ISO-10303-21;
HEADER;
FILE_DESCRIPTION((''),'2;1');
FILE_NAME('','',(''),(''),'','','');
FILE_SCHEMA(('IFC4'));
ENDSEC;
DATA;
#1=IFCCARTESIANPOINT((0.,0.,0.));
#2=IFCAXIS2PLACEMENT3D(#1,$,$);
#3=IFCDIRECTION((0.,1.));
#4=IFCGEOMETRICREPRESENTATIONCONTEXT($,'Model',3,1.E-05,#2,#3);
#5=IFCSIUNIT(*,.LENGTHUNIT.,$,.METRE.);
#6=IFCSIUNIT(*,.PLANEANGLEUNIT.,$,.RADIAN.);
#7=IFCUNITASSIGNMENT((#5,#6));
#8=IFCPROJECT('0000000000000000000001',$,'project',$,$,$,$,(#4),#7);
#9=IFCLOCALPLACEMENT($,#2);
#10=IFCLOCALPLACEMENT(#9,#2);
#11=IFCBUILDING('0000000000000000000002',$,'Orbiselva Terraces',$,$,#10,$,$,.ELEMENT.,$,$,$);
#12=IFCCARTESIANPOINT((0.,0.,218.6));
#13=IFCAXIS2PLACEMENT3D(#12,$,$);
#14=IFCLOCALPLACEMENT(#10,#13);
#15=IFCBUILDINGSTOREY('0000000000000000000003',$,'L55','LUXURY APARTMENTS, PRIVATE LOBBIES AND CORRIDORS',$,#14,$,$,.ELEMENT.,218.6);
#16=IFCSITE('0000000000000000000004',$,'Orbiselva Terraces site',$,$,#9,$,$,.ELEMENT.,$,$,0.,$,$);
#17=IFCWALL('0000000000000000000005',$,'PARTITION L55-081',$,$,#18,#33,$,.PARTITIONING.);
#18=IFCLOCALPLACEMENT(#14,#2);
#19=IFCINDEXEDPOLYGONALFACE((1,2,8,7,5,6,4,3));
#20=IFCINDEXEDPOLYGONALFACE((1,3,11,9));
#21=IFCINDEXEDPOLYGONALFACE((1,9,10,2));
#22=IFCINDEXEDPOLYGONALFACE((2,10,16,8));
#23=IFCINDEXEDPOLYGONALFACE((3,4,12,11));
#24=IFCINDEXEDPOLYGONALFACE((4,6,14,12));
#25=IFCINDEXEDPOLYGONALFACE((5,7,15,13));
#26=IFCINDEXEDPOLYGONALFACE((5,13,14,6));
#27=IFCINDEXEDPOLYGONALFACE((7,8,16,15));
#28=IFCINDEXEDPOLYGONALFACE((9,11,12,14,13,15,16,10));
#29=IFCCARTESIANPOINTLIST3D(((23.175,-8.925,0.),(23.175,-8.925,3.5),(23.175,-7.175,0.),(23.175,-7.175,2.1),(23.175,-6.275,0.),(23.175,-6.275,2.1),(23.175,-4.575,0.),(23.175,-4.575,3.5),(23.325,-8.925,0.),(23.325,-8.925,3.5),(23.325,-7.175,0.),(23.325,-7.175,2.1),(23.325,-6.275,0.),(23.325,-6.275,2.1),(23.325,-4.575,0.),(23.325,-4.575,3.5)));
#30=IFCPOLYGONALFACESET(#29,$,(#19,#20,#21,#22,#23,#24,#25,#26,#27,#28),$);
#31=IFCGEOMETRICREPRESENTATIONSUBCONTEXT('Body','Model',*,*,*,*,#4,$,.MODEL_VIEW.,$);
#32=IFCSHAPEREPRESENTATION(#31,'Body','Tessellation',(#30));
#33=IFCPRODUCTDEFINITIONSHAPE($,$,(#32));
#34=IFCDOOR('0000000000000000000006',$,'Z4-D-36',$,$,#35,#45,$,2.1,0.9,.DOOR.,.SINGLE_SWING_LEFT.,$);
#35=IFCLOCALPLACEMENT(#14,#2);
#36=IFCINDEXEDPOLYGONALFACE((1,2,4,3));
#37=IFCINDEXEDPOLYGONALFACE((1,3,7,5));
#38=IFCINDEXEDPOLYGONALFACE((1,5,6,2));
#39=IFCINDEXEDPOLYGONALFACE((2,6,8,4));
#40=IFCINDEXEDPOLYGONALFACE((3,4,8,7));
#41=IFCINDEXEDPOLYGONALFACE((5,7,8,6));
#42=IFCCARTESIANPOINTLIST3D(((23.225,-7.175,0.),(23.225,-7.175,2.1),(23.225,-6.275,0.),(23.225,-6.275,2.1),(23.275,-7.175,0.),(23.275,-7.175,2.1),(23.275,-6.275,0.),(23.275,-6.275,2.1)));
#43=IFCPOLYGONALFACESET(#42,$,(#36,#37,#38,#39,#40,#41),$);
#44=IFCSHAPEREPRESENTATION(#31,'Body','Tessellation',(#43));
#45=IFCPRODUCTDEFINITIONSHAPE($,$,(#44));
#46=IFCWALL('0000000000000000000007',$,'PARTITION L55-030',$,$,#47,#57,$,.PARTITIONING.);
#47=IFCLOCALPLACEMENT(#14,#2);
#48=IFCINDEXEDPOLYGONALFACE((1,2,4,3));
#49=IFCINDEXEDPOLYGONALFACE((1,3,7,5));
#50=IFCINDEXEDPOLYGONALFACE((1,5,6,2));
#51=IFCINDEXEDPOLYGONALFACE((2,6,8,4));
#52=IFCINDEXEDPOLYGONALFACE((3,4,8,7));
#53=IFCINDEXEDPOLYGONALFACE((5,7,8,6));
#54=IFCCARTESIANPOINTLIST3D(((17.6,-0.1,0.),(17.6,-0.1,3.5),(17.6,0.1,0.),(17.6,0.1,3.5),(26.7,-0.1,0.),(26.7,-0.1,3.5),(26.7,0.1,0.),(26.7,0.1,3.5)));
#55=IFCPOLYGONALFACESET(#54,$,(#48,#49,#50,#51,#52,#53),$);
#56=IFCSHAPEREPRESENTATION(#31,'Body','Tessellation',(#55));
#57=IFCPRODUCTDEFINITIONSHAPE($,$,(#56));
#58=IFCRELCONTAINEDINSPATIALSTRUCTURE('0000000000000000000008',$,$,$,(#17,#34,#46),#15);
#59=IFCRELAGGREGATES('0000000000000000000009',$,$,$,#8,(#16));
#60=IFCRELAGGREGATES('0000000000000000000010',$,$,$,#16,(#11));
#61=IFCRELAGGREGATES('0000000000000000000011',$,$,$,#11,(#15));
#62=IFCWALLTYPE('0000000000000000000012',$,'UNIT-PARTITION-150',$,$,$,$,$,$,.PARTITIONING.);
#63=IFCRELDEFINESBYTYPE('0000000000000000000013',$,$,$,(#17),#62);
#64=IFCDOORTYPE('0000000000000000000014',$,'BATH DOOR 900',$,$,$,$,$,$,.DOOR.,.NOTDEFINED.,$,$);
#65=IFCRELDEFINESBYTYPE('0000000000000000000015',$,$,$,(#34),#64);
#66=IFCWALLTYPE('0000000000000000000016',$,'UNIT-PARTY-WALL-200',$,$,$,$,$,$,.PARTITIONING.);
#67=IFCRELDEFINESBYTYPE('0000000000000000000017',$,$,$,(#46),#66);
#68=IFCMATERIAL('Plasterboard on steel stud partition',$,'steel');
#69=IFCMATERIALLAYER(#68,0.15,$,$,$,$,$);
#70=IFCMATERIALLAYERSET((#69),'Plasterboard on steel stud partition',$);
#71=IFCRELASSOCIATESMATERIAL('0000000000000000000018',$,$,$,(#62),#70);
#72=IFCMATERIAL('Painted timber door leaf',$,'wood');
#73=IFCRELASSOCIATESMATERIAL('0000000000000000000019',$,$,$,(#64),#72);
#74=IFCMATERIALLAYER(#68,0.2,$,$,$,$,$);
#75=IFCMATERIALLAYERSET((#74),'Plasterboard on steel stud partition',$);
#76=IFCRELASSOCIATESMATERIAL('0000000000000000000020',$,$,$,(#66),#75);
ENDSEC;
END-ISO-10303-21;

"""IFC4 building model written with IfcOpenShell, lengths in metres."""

from ifc_helpers import new_model, si_unit, direction, frame, frame_2d, origin, place, context, subcontext, project, spatial, rectangle, extrude, material, layer, layer_set, type_object, element, fill, save


model = new_model("IFC4")

# Units and contexts
model_context = context("Model", 3, precision=1e-05, world=origin(), true_north=direction((0.0, 1.0)))
body_context = subcontext(model_context, "Body", "Model", "MODEL_VIEW")
ifc_project = project(units=[si_unit("LENGTHUNIT", "METRE"), si_unit("PLANEANGLEUNIT", "RADIAN")], contexts=[model_context])

# Site, building, storey
site_placement = place(None, origin())
site = spatial("IfcSite", under=ifc_project, at=site_placement, Name="Orbiselva Terraces site", CompositionType="ELEMENT", RefElevation=0.0)
building_placement = place(site_placement, origin())
building = spatial("IfcBuilding", under=site, at=building_placement, Name="Orbiselva Terraces", CompositionType="ELEMENT")
storey_placement = place(building_placement, frame((0.0, 0.0, 218.6)))
storey = spatial("IfcBuildingStorey", under=building, at=storey_placement, Name="L55", Description="LUXURY APARTMENTS, PRIVATE LOBBIES AND CORRIDORS", CompositionType="ELEMENT", Elevation=218.6)

# Shared definitions
ifc_material_1 = material(Name="Plasterboard on steel stud partition", Category="steel")
ifc_material_2 = material(Name="Painted timber door leaf", Category="wood")

# Shared definitions
ifc_layer_1 = layer(ifc_material_1, 0.15)
ifc_layer_set_1 = layer_set([ifc_layer_1], Name="Plasterboard on steel stud partition")
wall_type_1 = type_object("IfcWallType", Name="UNIT-PARTITION-150", PredefinedType="PARTITIONING", material=ifc_layer_set_1)

# Shared definitions
door_type_1 = type_object("IfcDoorType", Name="BATH DOOR 900", OperationType="NOTDEFINED", PredefinedType="DOOR", material=ifc_material_2)

# Wall, opening, door
wall_1_placement = place(storey_placement, frame((23.25, -4.575, 0.0), z_axis=(0.0, 0.0, 1.0), x_axis=(0.0, -1.0, 0.0)))
wall_1 = element("IfcWall", 1, at=wall_1_placement, inside=storey, type_object=wall_type_1, Name="PARTITION L55-081", PredefinedType="PARTITIONING", context=body_context, shape_type="SweptSolid", body=[
    extrude(rectangle(XDim=4.35, YDim=0.15, at=frame_2d((2.175, 0.0))), origin(), (0.0, 0.0, 1.0), 3.5),
])
opening_1_placement = place(wall_1_placement, frame((1.7, 0.0, 0.0)))
opening_1 = element("IfcOpeningElement", 2, at=opening_1_placement, cuts=wall_1, PredefinedType="OPENING", context=body_context, shape_type="SweptSolid", body=[
    extrude(rectangle(XDim=0.9, YDim=2.1, at=frame_2d((0.45, 1.05))), frame((0.0, 0.085, 0.0), z_axis=(0.0, -1.0, 0.0), x_axis=(1.0, 0.0, 0.0)), (0.0, 0.0, 1.0), 0.17),
])
door_1_placement = place(opening_1_placement, origin())
door_1 = element("IfcDoor", 3, at=door_1_placement, inside=storey, type_object=door_type_1, Name="Z4-D-36", OperationType="SINGLE_SWING_LEFT", OverallHeight=2.1, OverallWidth=0.9, PredefinedType="DOOR", context=body_context, shape_type="SweptSolid", body=[
    extrude(rectangle(XDim=0.9, YDim=2.1, at=frame_2d((0.45, 1.05))), frame((0.0, 0.025, 0.0), z_axis=(0.0, -1.0, 0.0), x_axis=(1.0, 0.0, 0.0)), (0.0, 0.0, 1.0), 0.05),
])
fill(opening_1, door_1)

# Wall
ifc_layer_2 = layer(ifc_material_1, 0.2)
ifc_layer_set_2 = layer_set([ifc_layer_2], Name="Plasterboard on steel stud partition")
wall_type_2 = type_object("IfcWallType", Name="UNIT-PARTY-WALL-200", PredefinedType="PARTITIONING", material=ifc_layer_set_2)
wall_2_placement = place(storey_placement, frame((17.6, 0.0, 0.0), z_axis=(0.0, 0.0, 1.0), x_axis=(1.0, 0.0, 0.0)))
element("IfcWall", 4, at=wall_2_placement, inside=storey, type_object=wall_type_2, Name="PARTITION L55-030", PredefinedType="PARTITIONING", context=body_context, shape_type="SweptSolid", body=[
    extrude(rectangle(XDim=9.1, YDim=0.2, at=frame_2d((4.55, 0.0))), origin(), (0.0, 0.0, 1.0), 3.5),
])

save(model, "model.ifc")
